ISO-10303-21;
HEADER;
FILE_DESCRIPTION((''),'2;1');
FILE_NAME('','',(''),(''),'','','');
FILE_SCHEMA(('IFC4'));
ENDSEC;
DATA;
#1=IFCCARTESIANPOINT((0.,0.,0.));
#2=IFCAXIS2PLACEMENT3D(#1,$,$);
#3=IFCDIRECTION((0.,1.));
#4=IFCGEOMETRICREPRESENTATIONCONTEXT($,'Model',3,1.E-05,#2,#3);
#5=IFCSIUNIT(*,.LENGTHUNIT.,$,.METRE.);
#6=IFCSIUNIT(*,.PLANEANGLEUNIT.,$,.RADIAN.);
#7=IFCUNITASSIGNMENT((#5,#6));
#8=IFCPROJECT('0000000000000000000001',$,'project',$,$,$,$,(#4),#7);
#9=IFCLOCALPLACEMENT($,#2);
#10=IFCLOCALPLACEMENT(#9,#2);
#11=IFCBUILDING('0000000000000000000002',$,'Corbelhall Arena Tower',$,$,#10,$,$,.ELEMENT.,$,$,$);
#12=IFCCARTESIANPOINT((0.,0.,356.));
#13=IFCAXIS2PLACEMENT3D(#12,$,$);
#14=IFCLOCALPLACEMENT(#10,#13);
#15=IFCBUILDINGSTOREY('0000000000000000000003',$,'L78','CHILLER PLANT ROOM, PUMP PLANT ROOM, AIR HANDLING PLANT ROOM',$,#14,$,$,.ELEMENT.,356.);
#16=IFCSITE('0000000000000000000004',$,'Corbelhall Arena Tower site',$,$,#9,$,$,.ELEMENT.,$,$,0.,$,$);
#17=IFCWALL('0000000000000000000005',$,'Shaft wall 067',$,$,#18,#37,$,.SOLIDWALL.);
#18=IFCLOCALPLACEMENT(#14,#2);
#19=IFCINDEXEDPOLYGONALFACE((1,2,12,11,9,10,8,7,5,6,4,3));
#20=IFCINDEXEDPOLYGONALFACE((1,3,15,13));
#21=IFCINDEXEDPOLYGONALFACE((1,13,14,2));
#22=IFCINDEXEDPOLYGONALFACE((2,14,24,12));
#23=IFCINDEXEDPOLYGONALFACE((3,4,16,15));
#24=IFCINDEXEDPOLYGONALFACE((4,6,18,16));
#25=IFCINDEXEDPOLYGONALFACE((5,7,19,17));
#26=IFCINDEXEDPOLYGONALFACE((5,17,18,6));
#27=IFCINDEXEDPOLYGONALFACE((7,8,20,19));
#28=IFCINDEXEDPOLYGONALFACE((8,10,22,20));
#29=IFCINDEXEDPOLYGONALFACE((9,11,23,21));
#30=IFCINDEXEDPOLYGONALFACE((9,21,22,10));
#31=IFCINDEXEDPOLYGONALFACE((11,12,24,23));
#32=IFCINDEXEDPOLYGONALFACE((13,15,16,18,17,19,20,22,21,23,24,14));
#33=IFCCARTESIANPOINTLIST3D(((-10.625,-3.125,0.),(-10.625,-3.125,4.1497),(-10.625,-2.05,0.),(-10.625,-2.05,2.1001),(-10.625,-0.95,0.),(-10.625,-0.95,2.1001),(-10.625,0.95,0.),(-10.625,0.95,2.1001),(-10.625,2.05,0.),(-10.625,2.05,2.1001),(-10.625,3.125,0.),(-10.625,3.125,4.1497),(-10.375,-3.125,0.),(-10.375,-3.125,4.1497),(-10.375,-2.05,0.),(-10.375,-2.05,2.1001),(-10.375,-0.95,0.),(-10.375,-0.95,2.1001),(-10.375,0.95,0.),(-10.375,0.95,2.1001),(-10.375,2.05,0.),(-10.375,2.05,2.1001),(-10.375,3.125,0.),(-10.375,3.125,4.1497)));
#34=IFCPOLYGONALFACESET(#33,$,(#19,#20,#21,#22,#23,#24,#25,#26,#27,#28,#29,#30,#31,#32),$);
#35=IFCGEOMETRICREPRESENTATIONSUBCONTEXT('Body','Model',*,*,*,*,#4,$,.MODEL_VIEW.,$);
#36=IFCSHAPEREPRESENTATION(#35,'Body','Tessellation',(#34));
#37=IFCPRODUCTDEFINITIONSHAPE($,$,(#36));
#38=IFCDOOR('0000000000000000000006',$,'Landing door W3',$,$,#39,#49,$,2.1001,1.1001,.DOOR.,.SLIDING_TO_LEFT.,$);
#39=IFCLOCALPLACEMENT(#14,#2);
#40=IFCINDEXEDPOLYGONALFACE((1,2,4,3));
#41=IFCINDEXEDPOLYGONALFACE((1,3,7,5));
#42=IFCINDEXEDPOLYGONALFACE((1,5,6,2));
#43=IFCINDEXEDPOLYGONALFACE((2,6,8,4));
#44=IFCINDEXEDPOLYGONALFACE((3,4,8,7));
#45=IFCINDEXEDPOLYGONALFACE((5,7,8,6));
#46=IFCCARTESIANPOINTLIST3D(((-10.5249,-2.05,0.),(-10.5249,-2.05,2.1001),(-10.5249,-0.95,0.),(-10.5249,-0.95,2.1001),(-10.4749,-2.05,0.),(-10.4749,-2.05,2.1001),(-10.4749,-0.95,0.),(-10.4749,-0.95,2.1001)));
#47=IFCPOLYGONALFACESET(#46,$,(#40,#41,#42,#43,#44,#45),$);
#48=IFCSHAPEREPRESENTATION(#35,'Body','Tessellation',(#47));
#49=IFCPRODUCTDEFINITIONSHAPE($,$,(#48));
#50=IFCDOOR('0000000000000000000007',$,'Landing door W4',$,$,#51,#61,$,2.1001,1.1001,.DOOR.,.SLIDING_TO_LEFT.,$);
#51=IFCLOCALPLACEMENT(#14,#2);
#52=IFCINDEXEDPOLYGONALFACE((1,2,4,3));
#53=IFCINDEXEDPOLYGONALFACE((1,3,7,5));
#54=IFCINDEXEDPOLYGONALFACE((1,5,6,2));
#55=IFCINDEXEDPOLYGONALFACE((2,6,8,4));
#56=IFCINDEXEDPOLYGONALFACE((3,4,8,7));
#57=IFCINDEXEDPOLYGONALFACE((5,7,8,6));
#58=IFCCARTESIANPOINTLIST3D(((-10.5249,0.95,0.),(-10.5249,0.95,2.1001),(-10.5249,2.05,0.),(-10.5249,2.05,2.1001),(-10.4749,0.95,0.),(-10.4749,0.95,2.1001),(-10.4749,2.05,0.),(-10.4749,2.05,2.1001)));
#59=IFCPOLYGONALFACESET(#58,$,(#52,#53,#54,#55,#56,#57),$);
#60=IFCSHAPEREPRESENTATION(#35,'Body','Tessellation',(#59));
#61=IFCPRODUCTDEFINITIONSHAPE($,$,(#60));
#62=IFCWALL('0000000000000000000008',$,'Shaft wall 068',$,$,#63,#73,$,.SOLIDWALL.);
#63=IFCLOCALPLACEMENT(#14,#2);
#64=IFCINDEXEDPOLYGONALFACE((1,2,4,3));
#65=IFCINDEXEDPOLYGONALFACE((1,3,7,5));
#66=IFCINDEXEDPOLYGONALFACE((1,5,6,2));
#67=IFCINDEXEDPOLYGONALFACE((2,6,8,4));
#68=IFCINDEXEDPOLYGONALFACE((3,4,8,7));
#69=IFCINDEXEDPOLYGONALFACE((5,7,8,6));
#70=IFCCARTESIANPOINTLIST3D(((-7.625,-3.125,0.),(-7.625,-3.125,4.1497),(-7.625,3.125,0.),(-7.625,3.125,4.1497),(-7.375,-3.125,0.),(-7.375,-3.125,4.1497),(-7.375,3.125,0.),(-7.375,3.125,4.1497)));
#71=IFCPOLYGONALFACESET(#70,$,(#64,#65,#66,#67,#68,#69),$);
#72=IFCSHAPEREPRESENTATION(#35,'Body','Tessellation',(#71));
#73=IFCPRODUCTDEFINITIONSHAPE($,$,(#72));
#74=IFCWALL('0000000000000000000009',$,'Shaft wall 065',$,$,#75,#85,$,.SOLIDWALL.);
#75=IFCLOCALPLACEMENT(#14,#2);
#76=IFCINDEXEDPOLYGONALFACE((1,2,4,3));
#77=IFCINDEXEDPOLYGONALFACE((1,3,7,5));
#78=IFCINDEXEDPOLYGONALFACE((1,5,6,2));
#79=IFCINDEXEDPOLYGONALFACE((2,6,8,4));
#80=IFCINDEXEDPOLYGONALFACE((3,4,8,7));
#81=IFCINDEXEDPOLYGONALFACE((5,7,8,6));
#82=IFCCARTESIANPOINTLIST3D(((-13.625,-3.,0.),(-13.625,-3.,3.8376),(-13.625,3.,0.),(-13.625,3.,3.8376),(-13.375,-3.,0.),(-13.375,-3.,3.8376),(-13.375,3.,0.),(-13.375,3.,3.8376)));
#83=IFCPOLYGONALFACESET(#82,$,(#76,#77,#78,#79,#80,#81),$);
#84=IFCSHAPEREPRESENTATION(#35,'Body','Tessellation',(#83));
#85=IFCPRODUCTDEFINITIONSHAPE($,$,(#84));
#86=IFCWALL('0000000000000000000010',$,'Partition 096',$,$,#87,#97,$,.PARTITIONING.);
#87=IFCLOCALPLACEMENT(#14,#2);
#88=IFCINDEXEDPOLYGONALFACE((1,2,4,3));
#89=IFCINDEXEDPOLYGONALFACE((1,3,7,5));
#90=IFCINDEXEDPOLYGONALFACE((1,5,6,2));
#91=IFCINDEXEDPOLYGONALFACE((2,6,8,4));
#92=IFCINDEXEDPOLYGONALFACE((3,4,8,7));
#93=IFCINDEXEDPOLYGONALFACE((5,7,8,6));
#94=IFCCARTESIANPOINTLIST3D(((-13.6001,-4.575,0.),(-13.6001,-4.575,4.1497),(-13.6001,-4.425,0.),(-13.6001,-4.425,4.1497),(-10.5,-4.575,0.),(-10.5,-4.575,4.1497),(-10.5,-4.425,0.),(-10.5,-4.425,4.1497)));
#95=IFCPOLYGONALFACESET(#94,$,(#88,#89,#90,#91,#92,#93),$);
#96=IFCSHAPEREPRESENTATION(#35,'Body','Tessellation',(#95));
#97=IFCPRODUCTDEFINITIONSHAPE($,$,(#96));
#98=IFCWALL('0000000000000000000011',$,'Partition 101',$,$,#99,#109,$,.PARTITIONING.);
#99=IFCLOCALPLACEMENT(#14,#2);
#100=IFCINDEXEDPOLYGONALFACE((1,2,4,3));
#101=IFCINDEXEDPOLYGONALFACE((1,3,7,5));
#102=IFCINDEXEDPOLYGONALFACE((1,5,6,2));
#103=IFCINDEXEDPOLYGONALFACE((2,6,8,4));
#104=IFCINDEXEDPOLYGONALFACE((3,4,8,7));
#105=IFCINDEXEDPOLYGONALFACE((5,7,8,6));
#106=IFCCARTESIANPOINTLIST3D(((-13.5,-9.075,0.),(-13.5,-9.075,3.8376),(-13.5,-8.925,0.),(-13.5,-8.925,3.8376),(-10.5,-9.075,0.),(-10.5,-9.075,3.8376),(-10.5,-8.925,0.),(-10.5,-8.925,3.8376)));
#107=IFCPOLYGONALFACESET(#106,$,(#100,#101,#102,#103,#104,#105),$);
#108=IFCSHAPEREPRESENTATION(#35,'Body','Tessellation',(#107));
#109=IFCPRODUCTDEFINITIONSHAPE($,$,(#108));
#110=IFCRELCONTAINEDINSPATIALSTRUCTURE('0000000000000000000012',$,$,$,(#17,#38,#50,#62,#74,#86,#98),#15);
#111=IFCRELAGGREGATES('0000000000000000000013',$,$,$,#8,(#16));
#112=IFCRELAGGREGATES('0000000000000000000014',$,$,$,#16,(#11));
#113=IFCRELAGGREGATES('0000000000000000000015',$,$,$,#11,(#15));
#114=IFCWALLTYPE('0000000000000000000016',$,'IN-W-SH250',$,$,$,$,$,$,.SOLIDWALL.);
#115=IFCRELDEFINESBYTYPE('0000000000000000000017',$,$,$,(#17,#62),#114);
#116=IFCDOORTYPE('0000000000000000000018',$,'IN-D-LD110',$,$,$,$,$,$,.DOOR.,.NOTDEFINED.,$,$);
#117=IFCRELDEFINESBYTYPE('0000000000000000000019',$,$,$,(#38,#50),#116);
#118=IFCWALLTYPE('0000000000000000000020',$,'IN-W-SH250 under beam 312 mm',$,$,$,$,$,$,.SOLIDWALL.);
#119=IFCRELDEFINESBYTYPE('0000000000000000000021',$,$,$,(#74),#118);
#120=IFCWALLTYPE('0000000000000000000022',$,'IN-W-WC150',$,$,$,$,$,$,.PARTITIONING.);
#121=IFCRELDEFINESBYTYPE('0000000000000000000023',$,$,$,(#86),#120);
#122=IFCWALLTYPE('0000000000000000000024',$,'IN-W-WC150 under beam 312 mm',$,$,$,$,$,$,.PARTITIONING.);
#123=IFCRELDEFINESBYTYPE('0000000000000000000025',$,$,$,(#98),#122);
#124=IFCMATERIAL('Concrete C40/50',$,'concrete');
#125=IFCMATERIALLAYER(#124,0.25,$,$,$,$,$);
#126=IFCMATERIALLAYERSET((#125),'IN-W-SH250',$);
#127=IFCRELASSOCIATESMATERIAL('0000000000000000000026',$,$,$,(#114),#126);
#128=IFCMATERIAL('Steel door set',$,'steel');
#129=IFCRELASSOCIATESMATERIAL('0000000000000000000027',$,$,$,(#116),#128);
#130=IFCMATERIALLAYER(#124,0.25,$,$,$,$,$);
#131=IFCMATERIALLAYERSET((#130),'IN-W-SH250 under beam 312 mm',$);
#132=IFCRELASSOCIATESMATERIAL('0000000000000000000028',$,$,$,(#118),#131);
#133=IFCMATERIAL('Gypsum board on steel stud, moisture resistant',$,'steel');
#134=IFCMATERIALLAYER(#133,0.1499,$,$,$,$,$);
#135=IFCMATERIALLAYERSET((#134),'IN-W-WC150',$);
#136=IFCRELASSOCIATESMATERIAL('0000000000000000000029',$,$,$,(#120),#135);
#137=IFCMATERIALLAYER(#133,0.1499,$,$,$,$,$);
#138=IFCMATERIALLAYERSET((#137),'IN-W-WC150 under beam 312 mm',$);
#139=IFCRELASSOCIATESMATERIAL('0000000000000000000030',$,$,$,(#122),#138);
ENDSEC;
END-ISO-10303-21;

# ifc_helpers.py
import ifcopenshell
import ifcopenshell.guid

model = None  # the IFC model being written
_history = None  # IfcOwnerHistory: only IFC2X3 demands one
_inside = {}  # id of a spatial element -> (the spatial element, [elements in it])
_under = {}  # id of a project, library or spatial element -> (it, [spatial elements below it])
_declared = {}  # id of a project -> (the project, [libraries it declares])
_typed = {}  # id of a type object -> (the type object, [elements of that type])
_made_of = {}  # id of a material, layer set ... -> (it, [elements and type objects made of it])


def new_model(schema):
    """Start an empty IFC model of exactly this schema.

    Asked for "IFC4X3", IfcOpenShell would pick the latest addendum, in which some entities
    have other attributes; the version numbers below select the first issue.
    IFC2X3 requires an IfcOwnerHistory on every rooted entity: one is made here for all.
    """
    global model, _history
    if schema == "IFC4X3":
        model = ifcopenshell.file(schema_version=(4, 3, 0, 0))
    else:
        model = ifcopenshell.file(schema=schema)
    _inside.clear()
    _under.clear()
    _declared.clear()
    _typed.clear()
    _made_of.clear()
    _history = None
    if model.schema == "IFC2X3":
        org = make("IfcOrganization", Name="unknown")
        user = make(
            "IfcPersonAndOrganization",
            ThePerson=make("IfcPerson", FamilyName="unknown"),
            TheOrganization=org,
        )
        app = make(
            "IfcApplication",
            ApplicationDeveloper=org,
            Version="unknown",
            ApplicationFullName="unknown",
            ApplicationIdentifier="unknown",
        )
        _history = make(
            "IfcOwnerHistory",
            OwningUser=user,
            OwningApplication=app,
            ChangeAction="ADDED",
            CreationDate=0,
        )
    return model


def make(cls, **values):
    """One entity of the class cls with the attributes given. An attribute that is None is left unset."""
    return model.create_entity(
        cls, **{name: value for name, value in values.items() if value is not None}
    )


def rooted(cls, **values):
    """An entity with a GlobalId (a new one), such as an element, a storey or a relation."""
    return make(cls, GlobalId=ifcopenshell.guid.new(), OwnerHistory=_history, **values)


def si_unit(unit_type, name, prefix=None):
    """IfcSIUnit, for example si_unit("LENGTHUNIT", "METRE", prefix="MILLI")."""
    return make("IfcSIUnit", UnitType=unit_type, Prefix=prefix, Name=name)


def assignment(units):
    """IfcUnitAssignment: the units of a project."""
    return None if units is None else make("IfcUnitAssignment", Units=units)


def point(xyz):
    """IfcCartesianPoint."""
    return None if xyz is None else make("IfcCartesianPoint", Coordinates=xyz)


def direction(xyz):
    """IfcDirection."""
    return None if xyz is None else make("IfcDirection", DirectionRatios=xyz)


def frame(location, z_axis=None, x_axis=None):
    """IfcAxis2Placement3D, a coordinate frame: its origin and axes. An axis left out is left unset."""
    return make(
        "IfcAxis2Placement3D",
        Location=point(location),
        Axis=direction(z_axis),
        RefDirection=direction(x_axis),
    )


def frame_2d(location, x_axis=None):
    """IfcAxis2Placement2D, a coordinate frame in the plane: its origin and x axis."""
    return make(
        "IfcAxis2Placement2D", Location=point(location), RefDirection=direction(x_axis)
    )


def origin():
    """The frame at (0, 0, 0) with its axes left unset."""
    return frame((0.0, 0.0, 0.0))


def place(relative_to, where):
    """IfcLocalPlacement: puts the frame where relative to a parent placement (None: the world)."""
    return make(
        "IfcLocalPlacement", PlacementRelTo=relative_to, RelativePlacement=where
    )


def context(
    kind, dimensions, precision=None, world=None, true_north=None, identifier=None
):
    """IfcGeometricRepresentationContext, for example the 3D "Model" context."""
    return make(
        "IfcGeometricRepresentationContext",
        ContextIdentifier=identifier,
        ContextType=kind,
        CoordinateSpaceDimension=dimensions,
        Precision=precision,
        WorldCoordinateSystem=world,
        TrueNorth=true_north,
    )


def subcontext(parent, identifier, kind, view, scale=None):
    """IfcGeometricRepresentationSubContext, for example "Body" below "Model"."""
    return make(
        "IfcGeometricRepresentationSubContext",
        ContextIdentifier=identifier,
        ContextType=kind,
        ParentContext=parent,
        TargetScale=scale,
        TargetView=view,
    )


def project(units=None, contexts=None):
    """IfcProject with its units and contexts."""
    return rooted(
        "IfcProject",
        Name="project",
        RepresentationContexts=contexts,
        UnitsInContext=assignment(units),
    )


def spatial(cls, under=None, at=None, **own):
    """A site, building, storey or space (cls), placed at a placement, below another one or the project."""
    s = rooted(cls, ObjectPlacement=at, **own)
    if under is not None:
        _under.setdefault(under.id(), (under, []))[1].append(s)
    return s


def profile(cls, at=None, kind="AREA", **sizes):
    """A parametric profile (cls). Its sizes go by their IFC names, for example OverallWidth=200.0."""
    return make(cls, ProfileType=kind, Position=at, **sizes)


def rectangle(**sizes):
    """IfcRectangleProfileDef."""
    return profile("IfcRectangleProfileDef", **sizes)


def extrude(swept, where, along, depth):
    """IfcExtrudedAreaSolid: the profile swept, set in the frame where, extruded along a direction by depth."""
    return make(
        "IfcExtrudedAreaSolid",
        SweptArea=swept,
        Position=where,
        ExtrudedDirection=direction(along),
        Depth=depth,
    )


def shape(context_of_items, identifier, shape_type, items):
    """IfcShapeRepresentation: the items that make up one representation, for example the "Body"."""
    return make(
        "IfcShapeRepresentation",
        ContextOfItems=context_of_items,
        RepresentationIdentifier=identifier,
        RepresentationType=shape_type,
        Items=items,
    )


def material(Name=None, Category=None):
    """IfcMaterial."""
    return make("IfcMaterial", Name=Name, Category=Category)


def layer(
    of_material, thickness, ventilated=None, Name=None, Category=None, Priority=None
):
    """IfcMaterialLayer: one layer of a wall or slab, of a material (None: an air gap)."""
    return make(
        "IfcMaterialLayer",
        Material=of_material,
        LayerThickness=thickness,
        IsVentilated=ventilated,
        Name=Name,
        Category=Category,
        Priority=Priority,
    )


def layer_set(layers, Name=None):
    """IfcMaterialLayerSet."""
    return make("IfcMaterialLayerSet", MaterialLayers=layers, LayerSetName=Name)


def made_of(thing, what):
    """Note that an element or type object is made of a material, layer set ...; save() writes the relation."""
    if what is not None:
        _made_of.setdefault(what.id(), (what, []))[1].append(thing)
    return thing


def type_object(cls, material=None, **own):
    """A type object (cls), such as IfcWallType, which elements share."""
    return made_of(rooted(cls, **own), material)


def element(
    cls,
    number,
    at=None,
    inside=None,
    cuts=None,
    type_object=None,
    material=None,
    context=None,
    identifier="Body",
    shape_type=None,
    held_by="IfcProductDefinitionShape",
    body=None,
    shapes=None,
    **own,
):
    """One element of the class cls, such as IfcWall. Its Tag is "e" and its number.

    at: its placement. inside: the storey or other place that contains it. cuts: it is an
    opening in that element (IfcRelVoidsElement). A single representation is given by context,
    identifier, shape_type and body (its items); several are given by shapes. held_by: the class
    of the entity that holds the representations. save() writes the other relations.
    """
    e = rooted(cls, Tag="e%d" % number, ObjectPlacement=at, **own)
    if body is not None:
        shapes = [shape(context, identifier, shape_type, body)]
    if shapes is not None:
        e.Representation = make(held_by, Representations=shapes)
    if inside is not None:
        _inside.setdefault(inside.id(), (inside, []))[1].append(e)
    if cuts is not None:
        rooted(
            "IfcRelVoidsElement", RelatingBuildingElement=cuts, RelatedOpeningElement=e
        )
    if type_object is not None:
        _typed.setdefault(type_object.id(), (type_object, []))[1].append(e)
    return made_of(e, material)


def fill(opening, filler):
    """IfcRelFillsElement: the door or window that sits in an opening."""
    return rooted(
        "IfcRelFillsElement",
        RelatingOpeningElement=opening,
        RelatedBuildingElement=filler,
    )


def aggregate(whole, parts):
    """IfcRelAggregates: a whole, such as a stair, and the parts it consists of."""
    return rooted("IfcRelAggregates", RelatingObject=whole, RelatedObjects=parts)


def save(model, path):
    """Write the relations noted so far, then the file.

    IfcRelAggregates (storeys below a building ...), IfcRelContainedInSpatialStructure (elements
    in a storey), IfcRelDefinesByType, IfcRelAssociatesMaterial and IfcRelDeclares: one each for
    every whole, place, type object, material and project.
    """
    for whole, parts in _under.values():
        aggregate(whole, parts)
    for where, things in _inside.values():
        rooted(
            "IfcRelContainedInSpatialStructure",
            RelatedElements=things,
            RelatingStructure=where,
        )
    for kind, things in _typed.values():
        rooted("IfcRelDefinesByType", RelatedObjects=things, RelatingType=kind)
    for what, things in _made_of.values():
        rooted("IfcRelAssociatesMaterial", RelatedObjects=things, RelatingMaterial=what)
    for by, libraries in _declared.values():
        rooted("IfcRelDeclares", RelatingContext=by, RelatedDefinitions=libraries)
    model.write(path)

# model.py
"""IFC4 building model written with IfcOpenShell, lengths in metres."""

from ifc_helpers import new_model, si_unit, direction, frame, frame_2d, origin, place, context, subcontext, project, spatial, rectangle, extrude, material, layer, layer_set, type_object, element, fill, save


model = new_model("IFC4")

# Units and contexts
model_context = context("Model", 3, precision=1e-05, world=origin(), true_north=direction((0.0, 1.0)))
body_context = subcontext(model_context, "Body", "Model", "MODEL_VIEW")
ifc_project = project(units=[si_unit("LENGTHUNIT", "METRE"), si_unit("PLANEANGLEUNIT", "RADIAN")], contexts=[model_context])

# Site, building, storey
site_placement = place(None, origin())
site = spatial("IfcSite", under=ifc_project, at=site_placement, Name="Corbelhall Arena Tower site", CompositionType="ELEMENT", RefElevation=0.0)
building_placement = place(site_placement, origin())
building = spatial("IfcBuilding", under=site, at=building_placement, Name="Corbelhall Arena Tower", CompositionType="ELEMENT")
storey_placement = place(building_placement, frame((0.0, 0.0, 356.0)))
storey = spatial("IfcBuildingStorey", under=building, at=storey_placement, Name="L78", Description="CHILLER PLANT ROOM, PUMP PLANT ROOM, AIR HANDLING PLANT ROOM", CompositionType="ELEMENT", Elevation=356.0)

# Shared definitions
ifc_material_1 = material(Name="Steel door set", Category="steel")

# Wall, openings, doors
ifc_material_2 = material(Name="Concrete C40/50", Category="concrete")
ifc_layer_1 = layer(ifc_material_2, 0.25)
ifc_layer_set_1 = layer_set([ifc_layer_1], Name="IN-W-SH250")
wall_type_1 = type_object("IfcWallType", Name="IN-W-SH250", PredefinedType="SOLIDWALL", material=ifc_layer_set_1)
wall_1_placement = place(storey_placement, frame((-10.5, -3.125, 0.0), z_axis=(0.0, 0.0, 1.0), x_axis=(0.0, 1.0, 0.0)))
wall_1 = element("IfcWall", 1, at=wall_1_placement, inside=storey, type_object=wall_type_1, Name="Shaft wall 067", PredefinedType="SOLIDWALL", context=body_context, shape_type="SweptSolid", body=[
    extrude(rectangle(XDim=6.25, YDim=0.25, at=frame_2d((3.125, 0.0))), origin(), (0.0, 0.0, 1.0), 4.1497),
])
opening_1_placement = place(wall_1_placement, frame((1.075, 0.0, 0.0)))
opening_1 = element("IfcOpeningElement", 2, at=opening_1_placement, cuts=wall_1, PredefinedType="OPENING", context=body_context, shape_type="SweptSolid", body=[
    extrude(rectangle(XDim=1.1001, YDim=2.1001, at=frame_2d((0.55, 1.05))), frame((0.0, 0.125, 0.0), z_axis=(0.0, -1.0, 0.0), x_axis=(1.0, 0.0, 0.0)), (0.0, 0.0, 1.0), 0.25),
])
opening_2_placement = place(wall_1_placement, frame((4.075, 0.0, 0.0)))
opening_2 = element("IfcOpeningElement", 3, at=opening_2_placement, cuts=wall_1, PredefinedType="OPENING", context=body_context, shape_type="SweptSolid", body=[
    extrude(rectangle(XDim=1.1001, YDim=2.1001, at=frame_2d((0.55, 1.05))), frame((0.0, 0.125, 0.0), z_axis=(0.0, -1.0, 0.0), x_axis=(1.0, 0.0, 0.0)), (0.0, 0.0, 1.0), 0.25),
])
door_type_1 = type_object("IfcDoorType", Name="IN-D-LD110", OperationType="NOTDEFINED", PredefinedType="DOOR", material=ifc_material_1)
door_1_placement = place(opening_1_placement, origin())
door_1 = element("IfcDoor", 4, at=door_1_placement, inside=storey, type_object=door_type_1, Name="Landing door W3", OperationType="SLIDING_TO_LEFT", OverallHeight=2.1001, OverallWidth=1.1001, PredefinedType="DOOR", context=body_context, shape_type="SweptSolid", body=[
    extrude(rectangle(XDim=1.1001, YDim=2.1001, at=frame_2d((0.55, 1.05))), frame((0.0, 0.0249, 0.0), z_axis=(0.0, -1.0, 0.0), x_axis=(1.0, 0.0, 0.0)), (0.0, 0.0, 1.0), 0.05),
])
fill(opening_1, door_1)
door_2_placement = place(opening_2_placement, origin())
door_2 = element("IfcDoor", 5, at=door_2_placement, inside=storey, type_object=door_type_1, Name="Landing door W4", OperationType="SLIDING_TO_LEFT", OverallHeight=2.1001, OverallWidth=1.1001, PredefinedType="DOOR", context=body_context, shape_type="SweptSolid", body=[
    extrude(rectangle(XDim=1.1001, YDim=2.1001, at=frame_2d((0.55, 1.05))), frame((0.0, 0.0249, 0.0), z_axis=(0.0, -1.0, 0.0), x_axis=(1.0, 0.0, 0.0)), (0.0, 0.0, 1.0), 0.05),
])
fill(opening_2, door_2)

# Walls
wall_2_placement = place(storey_placement, frame((-7.5, -3.125, 0.0), z_axis=(0.0, 0.0, 1.0), x_axis=(0.0, 1.0, 0.0)))
element("IfcWall", 6, at=wall_2_placement, inside=storey, type_object=wall_type_1, Name="Shaft wall 068", PredefinedType="SOLIDWALL", context=body_context, shape_type="SweptSolid", body=[
    extrude(rectangle(XDim=6.25, YDim=0.25, at=frame_2d((3.125, 0.0))), origin(), (0.0, 0.0, 1.0), 4.1497),
])
ifc_layer_2 = layer(ifc_material_2, 0.25)
ifc_layer_set_2 = layer_set([ifc_layer_2], Name="IN-W-SH250 under beam 312 mm")
wall_type_2 = type_object("IfcWallType", Name="IN-W-SH250 under beam 312 mm", PredefinedType="SOLIDWALL", material=ifc_layer_set_2)
wall_3_placement = place(storey_placement, frame((-13.5, -3.0, 0.0), z_axis=(0.0, 0.0, 1.0), x_axis=(0.0, 1.0, 0.0)))
element("IfcWall", 7, at=wall_3_placement, inside=storey, type_object=wall_type_2, Name="Shaft wall 065", PredefinedType="SOLIDWALL", context=body_context, shape_type="SweptSolid", body=[
    extrude(rectangle(XDim=6.0, YDim=0.25, at=frame_2d((3.0, 0.0))), origin(), (0.0, 0.0, 1.0), 3.8376),
])
ifc_material_3 = material(Name="Gypsum board on steel stud, moisture resistant", Category="steel")
ifc_layer_3 = layer(ifc_material_3, 0.1499)
ifc_layer_set_3 = layer_set([ifc_layer_3], Name="IN-W-WC150")
wall_type_3 = type_object("IfcWallType", Name="IN-W-WC150", PredefinedType="PARTITIONING", material=ifc_layer_set_3)
wall_4_placement = place(storey_placement, frame((-13.6001, -4.5, 0.0), z_axis=(0.0, 0.0, 1.0), x_axis=(1.0, 0.0, 0.0)))
element("IfcWall", 8, at=wall_4_placement, inside=storey, type_object=wall_type_3, Name="Partition 096", PredefinedType="PARTITIONING", context=body_context, shape_type="SweptSolid", body=[
    extrude(rectangle(XDim=3.1001, YDim=0.1499, at=frame_2d((1.55, 0.0))), origin(), (0.0, 0.0, 1.0), 4.1497),
])
ifc_layer_4 = layer(ifc_material_3, 0.1499)
ifc_layer_set_4 = layer_set([ifc_layer_4], Name="IN-W-WC150 under beam 312 mm")
wall_type_4 = type_object("IfcWallType", Name="IN-W-WC150 under beam 312 mm", PredefinedType="PARTITIONING", material=ifc_layer_set_4)
wall_5_placement = place(storey_placement, frame((-10.5, -9.0, 0.0), z_axis=(0.0, 0.0, 1.0), x_axis=(-1.0, 0.0, 0.0)))
element("IfcWall", 9, at=wall_5_placement, inside=storey, type_object=wall_type_4, Name="Partition 101", PredefinedType="PARTITIONING", context=body_context, shape_type="SweptSolid", body=[
    extrude(rectangle(XDim=3.0, YDim=0.1499, at=frame_2d((1.5, 0.0))), origin(), (0.0, 0.0, 1.0), 3.8376),
])

save(model, "model.ifc")
